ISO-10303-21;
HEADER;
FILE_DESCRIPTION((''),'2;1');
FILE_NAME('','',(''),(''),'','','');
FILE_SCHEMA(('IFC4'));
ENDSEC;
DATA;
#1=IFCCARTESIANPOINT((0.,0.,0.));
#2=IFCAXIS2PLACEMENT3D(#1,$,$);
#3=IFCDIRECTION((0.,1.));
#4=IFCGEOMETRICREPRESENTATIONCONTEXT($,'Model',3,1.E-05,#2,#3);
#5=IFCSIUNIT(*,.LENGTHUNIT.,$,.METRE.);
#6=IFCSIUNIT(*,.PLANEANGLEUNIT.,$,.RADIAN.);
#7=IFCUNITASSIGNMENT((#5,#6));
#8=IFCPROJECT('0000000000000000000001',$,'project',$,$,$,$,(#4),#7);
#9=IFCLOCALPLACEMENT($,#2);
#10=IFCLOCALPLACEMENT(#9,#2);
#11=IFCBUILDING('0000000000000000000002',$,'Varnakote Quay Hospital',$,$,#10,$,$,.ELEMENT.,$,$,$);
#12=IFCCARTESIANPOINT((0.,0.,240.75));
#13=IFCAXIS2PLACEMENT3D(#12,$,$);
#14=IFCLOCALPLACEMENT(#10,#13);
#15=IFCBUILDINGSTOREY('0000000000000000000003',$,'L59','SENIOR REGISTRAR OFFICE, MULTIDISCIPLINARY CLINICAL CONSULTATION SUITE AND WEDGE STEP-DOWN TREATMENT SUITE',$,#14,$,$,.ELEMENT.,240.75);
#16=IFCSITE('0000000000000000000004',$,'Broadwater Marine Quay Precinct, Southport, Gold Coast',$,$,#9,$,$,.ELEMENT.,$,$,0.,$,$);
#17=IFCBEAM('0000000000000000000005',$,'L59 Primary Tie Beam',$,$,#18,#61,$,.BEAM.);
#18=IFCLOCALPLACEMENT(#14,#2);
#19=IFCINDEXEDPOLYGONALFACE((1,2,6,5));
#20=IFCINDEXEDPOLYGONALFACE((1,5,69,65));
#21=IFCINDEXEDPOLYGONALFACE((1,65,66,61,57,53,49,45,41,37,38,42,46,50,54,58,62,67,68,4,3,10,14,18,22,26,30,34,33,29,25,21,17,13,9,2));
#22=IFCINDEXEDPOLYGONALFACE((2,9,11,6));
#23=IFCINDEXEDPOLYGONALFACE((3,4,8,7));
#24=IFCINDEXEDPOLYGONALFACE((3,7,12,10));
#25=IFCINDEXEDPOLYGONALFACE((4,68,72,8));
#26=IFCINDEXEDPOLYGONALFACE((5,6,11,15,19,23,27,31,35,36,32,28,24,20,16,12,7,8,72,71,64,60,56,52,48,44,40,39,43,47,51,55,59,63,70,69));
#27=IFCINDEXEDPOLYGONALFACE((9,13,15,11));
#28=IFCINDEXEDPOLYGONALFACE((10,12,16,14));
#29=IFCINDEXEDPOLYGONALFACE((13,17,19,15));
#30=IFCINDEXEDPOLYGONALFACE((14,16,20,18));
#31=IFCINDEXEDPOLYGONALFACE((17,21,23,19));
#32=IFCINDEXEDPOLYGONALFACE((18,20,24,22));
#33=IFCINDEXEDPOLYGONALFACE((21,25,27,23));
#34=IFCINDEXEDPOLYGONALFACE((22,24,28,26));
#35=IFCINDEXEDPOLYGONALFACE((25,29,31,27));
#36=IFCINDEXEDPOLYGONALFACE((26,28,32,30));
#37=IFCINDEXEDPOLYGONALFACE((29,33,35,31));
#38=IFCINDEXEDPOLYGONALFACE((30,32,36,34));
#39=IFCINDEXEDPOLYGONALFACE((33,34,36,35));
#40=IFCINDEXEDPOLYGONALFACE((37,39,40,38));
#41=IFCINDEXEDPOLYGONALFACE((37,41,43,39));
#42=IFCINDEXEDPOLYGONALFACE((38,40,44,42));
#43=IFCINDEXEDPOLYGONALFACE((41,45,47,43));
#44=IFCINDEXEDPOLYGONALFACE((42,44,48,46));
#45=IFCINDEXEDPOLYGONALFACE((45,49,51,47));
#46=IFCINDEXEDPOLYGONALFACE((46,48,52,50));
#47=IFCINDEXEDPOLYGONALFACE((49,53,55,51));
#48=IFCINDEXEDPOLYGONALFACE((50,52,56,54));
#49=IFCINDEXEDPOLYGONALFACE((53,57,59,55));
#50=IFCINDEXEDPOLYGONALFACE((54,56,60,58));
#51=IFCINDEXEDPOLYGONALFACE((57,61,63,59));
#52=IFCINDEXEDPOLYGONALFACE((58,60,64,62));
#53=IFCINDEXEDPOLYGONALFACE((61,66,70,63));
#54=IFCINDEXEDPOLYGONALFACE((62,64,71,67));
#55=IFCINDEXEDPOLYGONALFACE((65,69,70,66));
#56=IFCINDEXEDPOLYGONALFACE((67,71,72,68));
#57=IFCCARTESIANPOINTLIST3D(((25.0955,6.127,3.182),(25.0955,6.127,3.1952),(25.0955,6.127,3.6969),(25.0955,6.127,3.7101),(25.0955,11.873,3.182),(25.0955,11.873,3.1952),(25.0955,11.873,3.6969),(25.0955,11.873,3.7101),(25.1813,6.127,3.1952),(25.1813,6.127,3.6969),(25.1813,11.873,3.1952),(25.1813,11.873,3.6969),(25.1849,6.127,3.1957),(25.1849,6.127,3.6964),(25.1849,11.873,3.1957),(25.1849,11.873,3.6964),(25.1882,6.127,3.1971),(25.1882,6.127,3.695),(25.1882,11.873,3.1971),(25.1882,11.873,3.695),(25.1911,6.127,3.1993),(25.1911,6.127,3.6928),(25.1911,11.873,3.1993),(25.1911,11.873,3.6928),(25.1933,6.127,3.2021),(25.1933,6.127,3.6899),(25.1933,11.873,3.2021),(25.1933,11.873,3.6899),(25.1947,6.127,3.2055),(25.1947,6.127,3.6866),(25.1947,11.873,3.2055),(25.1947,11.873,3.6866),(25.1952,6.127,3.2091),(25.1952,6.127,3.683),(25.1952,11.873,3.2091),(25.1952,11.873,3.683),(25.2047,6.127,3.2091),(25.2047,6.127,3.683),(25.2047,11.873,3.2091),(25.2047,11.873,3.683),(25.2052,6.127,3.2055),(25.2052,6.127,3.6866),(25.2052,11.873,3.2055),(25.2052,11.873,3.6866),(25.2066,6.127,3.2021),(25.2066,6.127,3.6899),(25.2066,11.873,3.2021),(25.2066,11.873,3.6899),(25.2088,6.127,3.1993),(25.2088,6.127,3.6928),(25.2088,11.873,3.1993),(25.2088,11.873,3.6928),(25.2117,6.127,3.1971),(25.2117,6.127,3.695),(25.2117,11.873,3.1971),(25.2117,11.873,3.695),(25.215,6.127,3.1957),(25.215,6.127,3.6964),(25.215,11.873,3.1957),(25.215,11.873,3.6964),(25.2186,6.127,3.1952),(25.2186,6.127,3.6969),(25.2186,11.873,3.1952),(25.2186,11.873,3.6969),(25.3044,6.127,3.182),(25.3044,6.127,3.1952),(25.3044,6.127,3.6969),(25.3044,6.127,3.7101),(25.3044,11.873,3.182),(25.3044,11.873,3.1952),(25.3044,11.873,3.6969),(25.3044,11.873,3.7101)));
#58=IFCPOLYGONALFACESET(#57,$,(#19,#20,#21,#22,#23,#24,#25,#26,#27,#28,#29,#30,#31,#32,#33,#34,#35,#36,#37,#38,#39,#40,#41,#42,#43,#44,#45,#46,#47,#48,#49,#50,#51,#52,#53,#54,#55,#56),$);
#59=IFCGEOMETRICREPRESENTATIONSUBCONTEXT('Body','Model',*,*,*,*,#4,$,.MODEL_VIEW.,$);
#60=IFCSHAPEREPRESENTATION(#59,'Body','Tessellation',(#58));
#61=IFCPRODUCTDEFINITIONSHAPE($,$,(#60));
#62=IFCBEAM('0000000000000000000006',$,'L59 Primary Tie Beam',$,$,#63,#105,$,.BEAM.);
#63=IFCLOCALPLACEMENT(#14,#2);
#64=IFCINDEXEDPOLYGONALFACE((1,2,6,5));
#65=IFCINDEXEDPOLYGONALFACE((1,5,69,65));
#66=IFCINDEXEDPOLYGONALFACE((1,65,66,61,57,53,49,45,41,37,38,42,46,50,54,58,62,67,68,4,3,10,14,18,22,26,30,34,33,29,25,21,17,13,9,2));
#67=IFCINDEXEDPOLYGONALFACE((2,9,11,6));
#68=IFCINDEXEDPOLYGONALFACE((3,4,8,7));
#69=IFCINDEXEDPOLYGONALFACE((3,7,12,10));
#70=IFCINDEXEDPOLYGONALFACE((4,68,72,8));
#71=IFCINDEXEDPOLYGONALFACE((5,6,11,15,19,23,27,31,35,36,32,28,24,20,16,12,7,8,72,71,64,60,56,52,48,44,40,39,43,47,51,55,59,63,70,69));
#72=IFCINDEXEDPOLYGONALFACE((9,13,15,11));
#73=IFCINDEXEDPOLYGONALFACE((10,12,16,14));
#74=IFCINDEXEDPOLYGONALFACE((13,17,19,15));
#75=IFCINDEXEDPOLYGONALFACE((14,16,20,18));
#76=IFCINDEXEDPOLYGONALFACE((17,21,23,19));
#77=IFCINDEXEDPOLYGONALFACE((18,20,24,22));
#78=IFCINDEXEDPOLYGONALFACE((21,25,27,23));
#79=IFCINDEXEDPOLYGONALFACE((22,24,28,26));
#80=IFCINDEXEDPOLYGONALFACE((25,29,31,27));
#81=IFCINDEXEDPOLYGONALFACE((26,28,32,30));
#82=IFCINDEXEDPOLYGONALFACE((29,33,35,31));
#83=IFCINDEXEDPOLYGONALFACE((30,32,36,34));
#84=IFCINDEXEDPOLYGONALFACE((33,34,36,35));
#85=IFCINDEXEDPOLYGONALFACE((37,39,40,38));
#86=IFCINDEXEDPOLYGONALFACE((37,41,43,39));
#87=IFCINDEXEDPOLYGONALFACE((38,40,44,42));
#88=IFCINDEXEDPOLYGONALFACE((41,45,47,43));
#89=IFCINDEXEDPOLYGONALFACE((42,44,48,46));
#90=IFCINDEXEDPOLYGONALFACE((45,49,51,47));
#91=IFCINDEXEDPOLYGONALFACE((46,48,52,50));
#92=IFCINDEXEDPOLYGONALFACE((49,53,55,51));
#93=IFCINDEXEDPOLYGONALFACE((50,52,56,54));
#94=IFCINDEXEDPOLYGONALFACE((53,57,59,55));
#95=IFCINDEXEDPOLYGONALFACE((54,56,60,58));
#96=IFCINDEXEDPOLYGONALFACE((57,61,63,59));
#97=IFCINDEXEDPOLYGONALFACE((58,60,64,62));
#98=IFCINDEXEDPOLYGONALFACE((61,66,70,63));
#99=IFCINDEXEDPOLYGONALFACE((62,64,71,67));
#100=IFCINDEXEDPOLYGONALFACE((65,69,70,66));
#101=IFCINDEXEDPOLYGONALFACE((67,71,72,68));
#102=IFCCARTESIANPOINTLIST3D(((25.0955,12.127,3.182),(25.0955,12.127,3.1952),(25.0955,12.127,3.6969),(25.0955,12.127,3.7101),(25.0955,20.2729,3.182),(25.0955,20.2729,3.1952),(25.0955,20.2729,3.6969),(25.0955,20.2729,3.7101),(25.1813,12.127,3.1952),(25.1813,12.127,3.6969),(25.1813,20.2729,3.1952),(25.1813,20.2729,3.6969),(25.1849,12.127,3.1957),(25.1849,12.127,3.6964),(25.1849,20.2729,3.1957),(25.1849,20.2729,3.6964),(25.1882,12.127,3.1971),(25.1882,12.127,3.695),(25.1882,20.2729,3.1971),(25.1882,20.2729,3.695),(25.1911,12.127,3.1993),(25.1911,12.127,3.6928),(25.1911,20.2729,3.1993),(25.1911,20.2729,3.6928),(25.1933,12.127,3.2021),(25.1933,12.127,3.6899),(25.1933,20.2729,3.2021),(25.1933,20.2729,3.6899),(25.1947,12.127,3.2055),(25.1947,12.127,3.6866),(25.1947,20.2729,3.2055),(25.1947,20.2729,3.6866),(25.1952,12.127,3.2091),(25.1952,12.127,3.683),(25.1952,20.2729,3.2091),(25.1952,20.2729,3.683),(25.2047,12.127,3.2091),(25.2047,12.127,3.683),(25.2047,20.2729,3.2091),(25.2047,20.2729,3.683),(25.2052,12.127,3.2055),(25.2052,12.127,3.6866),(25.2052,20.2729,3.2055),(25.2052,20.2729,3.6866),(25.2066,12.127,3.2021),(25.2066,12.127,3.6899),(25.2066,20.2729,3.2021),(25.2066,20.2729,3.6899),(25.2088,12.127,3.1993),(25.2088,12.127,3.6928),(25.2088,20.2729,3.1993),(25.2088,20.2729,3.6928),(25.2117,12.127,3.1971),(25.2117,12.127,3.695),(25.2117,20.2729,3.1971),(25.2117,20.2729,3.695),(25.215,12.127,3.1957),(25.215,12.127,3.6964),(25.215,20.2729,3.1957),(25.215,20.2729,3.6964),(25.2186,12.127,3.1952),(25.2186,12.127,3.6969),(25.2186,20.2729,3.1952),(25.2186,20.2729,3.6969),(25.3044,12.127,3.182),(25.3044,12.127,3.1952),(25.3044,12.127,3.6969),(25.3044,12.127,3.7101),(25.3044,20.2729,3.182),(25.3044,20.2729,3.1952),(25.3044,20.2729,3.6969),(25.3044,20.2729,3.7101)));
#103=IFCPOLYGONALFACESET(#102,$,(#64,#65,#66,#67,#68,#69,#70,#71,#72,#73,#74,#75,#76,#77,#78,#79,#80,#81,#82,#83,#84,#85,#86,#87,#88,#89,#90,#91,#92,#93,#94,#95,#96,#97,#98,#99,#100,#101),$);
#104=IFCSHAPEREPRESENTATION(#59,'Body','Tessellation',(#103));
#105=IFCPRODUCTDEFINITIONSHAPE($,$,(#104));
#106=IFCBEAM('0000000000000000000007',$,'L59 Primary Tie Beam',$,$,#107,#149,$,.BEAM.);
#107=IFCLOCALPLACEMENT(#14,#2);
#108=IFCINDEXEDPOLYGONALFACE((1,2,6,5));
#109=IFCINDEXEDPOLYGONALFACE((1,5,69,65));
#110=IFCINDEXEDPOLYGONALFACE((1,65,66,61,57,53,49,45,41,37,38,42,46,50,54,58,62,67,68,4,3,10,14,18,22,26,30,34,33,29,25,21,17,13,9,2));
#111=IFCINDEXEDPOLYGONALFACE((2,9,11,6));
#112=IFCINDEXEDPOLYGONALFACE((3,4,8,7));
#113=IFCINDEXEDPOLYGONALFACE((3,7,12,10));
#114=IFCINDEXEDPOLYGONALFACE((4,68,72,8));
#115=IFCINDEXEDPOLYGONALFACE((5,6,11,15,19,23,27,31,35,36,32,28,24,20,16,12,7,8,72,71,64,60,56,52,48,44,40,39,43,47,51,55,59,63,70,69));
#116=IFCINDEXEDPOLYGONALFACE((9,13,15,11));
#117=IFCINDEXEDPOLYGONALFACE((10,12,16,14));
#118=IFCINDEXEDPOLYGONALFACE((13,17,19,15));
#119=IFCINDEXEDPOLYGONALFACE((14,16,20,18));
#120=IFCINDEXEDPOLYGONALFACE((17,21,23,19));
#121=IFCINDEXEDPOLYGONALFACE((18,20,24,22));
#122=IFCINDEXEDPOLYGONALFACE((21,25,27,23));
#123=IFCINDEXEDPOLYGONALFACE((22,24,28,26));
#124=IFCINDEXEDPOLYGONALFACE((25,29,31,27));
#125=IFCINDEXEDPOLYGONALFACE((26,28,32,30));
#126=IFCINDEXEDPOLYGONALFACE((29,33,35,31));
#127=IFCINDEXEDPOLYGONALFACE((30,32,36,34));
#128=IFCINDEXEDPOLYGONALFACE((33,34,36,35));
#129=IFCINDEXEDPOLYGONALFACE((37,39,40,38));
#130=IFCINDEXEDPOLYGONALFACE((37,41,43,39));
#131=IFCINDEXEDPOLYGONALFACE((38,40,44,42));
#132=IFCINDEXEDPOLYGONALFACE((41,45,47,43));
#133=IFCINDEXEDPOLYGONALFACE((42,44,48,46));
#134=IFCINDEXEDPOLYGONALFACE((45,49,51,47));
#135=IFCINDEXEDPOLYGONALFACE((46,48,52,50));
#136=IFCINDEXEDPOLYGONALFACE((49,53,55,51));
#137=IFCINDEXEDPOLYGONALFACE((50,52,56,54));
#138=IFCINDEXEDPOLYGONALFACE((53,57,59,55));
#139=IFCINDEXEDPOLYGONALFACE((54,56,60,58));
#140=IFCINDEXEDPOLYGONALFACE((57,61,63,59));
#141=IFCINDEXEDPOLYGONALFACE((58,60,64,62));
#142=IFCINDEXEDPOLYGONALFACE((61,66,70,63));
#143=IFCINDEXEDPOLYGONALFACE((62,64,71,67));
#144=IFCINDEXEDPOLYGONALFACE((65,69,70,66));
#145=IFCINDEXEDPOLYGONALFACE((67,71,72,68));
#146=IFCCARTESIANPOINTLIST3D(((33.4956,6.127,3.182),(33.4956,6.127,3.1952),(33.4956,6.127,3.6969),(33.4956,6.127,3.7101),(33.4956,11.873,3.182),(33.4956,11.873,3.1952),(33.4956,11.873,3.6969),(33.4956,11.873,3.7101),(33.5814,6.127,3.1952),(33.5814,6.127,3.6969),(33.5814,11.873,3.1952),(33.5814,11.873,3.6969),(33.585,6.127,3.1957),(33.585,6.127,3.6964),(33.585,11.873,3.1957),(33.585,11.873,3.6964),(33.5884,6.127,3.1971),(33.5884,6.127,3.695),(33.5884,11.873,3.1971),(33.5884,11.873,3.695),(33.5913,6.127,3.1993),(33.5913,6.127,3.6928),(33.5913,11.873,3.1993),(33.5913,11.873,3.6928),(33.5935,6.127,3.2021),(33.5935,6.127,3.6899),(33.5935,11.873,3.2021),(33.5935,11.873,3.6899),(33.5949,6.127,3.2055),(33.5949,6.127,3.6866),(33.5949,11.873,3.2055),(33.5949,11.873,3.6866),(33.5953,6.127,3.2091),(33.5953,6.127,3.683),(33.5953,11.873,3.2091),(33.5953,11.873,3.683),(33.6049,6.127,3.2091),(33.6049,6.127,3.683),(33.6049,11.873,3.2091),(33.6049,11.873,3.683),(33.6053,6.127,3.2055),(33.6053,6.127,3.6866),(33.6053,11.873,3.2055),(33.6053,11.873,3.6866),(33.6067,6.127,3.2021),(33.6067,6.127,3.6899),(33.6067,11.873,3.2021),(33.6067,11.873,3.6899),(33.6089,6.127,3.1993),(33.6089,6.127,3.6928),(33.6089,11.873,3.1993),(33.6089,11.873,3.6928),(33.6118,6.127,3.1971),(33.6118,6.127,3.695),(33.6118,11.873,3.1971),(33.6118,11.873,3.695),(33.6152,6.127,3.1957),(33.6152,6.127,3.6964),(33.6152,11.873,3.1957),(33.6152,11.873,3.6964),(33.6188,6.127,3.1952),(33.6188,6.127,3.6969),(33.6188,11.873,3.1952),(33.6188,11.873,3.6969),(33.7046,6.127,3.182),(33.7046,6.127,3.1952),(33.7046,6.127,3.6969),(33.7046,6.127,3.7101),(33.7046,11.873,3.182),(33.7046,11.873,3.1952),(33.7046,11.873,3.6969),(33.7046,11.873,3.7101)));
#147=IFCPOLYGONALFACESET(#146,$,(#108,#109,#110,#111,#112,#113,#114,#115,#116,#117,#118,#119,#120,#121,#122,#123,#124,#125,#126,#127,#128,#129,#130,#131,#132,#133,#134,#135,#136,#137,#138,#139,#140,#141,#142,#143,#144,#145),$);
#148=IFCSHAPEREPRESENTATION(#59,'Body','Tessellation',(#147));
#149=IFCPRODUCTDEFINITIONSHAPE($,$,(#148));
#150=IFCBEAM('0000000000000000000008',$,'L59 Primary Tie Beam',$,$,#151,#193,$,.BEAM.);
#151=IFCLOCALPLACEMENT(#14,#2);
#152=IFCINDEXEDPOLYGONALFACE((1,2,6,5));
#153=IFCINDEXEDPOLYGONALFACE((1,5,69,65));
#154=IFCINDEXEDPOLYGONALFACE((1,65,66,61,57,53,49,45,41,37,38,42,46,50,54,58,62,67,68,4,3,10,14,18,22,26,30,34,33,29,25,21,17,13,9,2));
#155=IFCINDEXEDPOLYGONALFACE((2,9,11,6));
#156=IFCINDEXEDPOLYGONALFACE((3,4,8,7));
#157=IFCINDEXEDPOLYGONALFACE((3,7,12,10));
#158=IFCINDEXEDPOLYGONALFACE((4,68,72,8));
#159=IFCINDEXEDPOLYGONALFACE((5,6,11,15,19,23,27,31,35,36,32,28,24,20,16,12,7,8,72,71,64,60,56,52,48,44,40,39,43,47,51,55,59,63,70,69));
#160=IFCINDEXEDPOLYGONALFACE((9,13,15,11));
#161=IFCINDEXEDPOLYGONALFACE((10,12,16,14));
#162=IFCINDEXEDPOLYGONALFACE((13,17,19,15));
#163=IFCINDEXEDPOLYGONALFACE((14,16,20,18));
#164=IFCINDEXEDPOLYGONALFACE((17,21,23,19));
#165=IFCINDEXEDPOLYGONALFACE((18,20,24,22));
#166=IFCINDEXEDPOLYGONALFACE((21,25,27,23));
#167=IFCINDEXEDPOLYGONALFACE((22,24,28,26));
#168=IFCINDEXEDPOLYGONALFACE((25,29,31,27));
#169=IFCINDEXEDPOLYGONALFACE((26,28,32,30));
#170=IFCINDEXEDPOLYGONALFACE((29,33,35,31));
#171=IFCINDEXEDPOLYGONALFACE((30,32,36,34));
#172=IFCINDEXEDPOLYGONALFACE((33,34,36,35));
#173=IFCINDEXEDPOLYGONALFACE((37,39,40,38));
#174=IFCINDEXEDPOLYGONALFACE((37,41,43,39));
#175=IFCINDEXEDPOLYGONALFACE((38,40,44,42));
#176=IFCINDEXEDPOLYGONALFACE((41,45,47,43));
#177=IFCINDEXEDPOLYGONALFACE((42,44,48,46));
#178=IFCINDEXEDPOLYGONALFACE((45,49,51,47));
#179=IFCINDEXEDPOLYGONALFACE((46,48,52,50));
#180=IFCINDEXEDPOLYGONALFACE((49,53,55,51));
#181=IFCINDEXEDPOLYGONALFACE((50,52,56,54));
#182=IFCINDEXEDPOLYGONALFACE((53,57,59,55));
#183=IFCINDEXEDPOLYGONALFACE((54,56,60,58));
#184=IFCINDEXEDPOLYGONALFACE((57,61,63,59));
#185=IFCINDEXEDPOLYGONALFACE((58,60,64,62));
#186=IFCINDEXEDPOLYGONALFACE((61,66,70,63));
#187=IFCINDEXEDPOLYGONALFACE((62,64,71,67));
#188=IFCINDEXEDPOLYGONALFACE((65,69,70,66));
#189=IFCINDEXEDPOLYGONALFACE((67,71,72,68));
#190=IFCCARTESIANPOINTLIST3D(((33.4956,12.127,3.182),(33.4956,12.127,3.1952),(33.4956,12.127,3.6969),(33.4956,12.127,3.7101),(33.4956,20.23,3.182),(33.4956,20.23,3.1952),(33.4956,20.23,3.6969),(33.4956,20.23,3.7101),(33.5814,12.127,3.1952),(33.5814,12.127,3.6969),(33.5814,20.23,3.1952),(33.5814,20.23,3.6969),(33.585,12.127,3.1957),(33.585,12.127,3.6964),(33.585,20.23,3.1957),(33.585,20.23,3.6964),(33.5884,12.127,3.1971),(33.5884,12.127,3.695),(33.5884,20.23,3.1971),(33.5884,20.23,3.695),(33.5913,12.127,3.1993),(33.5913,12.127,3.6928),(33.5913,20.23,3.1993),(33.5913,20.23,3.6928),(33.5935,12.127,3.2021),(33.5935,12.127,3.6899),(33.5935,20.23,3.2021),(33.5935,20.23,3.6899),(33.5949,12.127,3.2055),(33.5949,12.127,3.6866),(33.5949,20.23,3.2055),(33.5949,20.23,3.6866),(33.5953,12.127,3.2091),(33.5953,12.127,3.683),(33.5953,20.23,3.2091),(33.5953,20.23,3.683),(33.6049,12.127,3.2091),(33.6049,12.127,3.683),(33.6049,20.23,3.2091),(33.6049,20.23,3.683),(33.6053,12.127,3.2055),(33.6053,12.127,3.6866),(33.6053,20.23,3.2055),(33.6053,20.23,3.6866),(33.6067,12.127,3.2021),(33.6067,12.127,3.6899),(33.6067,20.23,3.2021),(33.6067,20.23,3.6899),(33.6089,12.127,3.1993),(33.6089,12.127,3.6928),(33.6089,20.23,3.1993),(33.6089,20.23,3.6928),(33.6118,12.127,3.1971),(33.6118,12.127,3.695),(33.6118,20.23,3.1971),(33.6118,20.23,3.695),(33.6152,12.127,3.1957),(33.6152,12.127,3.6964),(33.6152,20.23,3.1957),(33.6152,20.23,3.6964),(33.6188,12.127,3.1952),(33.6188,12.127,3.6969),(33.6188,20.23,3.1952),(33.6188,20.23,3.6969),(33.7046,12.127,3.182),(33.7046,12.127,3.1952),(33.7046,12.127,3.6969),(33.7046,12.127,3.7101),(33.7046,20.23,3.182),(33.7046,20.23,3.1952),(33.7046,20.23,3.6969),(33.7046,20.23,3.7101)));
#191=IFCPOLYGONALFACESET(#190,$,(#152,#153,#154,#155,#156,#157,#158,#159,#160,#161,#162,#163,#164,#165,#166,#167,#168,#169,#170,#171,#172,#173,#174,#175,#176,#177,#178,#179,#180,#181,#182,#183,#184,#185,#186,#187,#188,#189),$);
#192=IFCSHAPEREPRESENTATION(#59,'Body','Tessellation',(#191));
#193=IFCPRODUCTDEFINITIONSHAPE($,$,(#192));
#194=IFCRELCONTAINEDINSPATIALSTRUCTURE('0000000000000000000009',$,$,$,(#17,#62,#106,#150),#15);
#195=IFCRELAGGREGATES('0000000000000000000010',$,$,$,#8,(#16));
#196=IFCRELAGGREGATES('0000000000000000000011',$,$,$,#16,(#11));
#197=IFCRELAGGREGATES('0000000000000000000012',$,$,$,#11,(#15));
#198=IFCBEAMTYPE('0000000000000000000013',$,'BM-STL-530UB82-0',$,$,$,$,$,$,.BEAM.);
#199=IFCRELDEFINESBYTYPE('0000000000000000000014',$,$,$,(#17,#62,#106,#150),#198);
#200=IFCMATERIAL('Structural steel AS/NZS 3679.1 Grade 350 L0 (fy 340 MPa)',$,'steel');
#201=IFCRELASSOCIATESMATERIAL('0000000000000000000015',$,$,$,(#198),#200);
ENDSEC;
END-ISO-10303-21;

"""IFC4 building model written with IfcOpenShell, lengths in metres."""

from ifc_helpers import new_model, si_unit, direction, frame, origin, origin_2d, place, context, subcontext, project, spatial, i_section, extrude, material, material_profile, profile_set, type_object, element, save


model = new_model("IFC4")

# Units and contexts
model_context = context("Model", 3, precision=1e-05, world=origin(), true_north=direction((0.0, 1.0)))
body_context = subcontext(model_context, "Body", "Model", "MODEL_VIEW")
ifc_project = project(units=[si_unit("LENGTHUNIT", "METRE"), si_unit("PLANEANGLEUNIT", "RADIAN")], contexts=[model_context])

# Site, building, storey
site_placement = place(None, origin())
site = spatial("IfcSite", under=ifc_project, at=site_placement, Name="Broadwater Marine Quay Precinct, Southport, Gold Coast", CompositionType="ELEMENT", RefElevation=0.0)
building_placement = place(site_placement, origin())
building = spatial("IfcBuilding", under=site, at=building_placement, Name="Varnakote Quay Hospital", CompositionType="ELEMENT")
storey_placement = place(building_placement, frame((0.0, 0.0, 240.75)))
storey = spatial("IfcBuildingStorey", under=building, at=storey_placement, Name="L59", Description="SENIOR REGISTRAR OFFICE, MULTIDISCIPLINARY CLINICAL CONSULTATION SUITE AND WEDGE STEP-DOWN TREATMENT SUITE", CompositionType="ELEMENT", Elevation=240.75)

# Beams
ifc_material_1 = material(Name="Structural steel AS/NZS 3679.1 Grade 350 L0 (fy 340 MPa)", Category="steel")
ifc_material_profile_1 = material_profile(ifc_material_1, i_section(OverallWidth=0.209, OverallDepth=0.5281, WebThickness=0.0095, FlangeThickness=0.0132, FilletRadius=0.0139, at=origin_2d()), Name="530UB82.0")
ifc_profile_set_1 = profile_set([ifc_material_profile_1], Name="Structural steel AS/NZS 3679.1 Grade 350 L0 (fy 340 MPa)")
beam_type_1 = type_object("IfcBeamType", Name="BM-STL-530UB82-0", PredefinedType="BEAM", material=ifc_profile_set_1)
beam_1_placement = place(storey_placement, frame((25.2, 6.127, 3.446), z_axis=(0.0, 1.0, 0.0), x_axis=(-1.0, 0.0, 0.0)))
element("IfcBeam", 1, at=beam_1_placement, inside=storey, type_object=beam_type_1, Name="L59 Primary Tie Beam", PredefinedType="BEAM", context=body_context, shape_type="SweptSolid", body=[
    extrude(i_section(OverallWidth=0.209, OverallDepth=0.5281, WebThickness=0.0095, FlangeThickness=0.0132, FilletRadius=0.0139, at=origin_2d()), origin(), (0.0, 0.0, 1.0), 5.7461),
])
beam_2_placement = place(storey_placement, frame((25.2, 12.127, 3.446), z_axis=(0.0, 1.0, 0.0), x_axis=(-1.0, 0.0, 0.0)))
element("IfcBeam", 2, at=beam_2_placement, inside=storey, type_object=beam_type_1, Name="L59 Primary Tie Beam", PredefinedType="BEAM", context=body_context, shape_type="SweptSolid", body=[
    extrude(i_section(OverallWidth=0.209, OverallDepth=0.5281, WebThickness=0.0095, FlangeThickness=0.0132, FilletRadius=0.0139, at=origin_2d()), origin(), (0.0, 0.0, 1.0), 8.146),
])
beam_3_placement = place(storey_placement, frame((33.6001, 6.127, 3.446), z_axis=(0.0, 1.0, 0.0), x_axis=(-1.0, 0.0, 0.0)))
element("IfcBeam", 3, at=beam_3_placement, inside=storey, type_object=beam_type_1, Name="L59 Primary Tie Beam", PredefinedType="BEAM", context=body_context, shape_type="SweptSolid", body=[
    extrude(i_section(OverallWidth=0.209, OverallDepth=0.5281, WebThickness=0.0095, FlangeThickness=0.0132, FilletRadius=0.0139, at=origin_2d()), origin(), (0.0, 0.0, 1.0), 5.7461),
])
beam_4_placement = place(storey_placement, frame((33.6001, 12.127, 3.446), z_axis=(0.0, 1.0, 0.0), x_axis=(-1.0, 0.0, 0.0)))
element("IfcBeam", 4, at=beam_4_placement, inside=storey, type_object=beam_type_1, Name="L59 Primary Tie Beam", PredefinedType="BEAM", context=body_context, shape_type="SweptSolid", body=[
    extrude(i_section(OverallWidth=0.209, OverallDepth=0.5281, WebThickness=0.0095, FlangeThickness=0.0132, FilletRadius=0.0139, at=origin_2d()), origin(), (0.0, 0.0, 1.0), 8.103),
])

save(model, "model.ifc")
